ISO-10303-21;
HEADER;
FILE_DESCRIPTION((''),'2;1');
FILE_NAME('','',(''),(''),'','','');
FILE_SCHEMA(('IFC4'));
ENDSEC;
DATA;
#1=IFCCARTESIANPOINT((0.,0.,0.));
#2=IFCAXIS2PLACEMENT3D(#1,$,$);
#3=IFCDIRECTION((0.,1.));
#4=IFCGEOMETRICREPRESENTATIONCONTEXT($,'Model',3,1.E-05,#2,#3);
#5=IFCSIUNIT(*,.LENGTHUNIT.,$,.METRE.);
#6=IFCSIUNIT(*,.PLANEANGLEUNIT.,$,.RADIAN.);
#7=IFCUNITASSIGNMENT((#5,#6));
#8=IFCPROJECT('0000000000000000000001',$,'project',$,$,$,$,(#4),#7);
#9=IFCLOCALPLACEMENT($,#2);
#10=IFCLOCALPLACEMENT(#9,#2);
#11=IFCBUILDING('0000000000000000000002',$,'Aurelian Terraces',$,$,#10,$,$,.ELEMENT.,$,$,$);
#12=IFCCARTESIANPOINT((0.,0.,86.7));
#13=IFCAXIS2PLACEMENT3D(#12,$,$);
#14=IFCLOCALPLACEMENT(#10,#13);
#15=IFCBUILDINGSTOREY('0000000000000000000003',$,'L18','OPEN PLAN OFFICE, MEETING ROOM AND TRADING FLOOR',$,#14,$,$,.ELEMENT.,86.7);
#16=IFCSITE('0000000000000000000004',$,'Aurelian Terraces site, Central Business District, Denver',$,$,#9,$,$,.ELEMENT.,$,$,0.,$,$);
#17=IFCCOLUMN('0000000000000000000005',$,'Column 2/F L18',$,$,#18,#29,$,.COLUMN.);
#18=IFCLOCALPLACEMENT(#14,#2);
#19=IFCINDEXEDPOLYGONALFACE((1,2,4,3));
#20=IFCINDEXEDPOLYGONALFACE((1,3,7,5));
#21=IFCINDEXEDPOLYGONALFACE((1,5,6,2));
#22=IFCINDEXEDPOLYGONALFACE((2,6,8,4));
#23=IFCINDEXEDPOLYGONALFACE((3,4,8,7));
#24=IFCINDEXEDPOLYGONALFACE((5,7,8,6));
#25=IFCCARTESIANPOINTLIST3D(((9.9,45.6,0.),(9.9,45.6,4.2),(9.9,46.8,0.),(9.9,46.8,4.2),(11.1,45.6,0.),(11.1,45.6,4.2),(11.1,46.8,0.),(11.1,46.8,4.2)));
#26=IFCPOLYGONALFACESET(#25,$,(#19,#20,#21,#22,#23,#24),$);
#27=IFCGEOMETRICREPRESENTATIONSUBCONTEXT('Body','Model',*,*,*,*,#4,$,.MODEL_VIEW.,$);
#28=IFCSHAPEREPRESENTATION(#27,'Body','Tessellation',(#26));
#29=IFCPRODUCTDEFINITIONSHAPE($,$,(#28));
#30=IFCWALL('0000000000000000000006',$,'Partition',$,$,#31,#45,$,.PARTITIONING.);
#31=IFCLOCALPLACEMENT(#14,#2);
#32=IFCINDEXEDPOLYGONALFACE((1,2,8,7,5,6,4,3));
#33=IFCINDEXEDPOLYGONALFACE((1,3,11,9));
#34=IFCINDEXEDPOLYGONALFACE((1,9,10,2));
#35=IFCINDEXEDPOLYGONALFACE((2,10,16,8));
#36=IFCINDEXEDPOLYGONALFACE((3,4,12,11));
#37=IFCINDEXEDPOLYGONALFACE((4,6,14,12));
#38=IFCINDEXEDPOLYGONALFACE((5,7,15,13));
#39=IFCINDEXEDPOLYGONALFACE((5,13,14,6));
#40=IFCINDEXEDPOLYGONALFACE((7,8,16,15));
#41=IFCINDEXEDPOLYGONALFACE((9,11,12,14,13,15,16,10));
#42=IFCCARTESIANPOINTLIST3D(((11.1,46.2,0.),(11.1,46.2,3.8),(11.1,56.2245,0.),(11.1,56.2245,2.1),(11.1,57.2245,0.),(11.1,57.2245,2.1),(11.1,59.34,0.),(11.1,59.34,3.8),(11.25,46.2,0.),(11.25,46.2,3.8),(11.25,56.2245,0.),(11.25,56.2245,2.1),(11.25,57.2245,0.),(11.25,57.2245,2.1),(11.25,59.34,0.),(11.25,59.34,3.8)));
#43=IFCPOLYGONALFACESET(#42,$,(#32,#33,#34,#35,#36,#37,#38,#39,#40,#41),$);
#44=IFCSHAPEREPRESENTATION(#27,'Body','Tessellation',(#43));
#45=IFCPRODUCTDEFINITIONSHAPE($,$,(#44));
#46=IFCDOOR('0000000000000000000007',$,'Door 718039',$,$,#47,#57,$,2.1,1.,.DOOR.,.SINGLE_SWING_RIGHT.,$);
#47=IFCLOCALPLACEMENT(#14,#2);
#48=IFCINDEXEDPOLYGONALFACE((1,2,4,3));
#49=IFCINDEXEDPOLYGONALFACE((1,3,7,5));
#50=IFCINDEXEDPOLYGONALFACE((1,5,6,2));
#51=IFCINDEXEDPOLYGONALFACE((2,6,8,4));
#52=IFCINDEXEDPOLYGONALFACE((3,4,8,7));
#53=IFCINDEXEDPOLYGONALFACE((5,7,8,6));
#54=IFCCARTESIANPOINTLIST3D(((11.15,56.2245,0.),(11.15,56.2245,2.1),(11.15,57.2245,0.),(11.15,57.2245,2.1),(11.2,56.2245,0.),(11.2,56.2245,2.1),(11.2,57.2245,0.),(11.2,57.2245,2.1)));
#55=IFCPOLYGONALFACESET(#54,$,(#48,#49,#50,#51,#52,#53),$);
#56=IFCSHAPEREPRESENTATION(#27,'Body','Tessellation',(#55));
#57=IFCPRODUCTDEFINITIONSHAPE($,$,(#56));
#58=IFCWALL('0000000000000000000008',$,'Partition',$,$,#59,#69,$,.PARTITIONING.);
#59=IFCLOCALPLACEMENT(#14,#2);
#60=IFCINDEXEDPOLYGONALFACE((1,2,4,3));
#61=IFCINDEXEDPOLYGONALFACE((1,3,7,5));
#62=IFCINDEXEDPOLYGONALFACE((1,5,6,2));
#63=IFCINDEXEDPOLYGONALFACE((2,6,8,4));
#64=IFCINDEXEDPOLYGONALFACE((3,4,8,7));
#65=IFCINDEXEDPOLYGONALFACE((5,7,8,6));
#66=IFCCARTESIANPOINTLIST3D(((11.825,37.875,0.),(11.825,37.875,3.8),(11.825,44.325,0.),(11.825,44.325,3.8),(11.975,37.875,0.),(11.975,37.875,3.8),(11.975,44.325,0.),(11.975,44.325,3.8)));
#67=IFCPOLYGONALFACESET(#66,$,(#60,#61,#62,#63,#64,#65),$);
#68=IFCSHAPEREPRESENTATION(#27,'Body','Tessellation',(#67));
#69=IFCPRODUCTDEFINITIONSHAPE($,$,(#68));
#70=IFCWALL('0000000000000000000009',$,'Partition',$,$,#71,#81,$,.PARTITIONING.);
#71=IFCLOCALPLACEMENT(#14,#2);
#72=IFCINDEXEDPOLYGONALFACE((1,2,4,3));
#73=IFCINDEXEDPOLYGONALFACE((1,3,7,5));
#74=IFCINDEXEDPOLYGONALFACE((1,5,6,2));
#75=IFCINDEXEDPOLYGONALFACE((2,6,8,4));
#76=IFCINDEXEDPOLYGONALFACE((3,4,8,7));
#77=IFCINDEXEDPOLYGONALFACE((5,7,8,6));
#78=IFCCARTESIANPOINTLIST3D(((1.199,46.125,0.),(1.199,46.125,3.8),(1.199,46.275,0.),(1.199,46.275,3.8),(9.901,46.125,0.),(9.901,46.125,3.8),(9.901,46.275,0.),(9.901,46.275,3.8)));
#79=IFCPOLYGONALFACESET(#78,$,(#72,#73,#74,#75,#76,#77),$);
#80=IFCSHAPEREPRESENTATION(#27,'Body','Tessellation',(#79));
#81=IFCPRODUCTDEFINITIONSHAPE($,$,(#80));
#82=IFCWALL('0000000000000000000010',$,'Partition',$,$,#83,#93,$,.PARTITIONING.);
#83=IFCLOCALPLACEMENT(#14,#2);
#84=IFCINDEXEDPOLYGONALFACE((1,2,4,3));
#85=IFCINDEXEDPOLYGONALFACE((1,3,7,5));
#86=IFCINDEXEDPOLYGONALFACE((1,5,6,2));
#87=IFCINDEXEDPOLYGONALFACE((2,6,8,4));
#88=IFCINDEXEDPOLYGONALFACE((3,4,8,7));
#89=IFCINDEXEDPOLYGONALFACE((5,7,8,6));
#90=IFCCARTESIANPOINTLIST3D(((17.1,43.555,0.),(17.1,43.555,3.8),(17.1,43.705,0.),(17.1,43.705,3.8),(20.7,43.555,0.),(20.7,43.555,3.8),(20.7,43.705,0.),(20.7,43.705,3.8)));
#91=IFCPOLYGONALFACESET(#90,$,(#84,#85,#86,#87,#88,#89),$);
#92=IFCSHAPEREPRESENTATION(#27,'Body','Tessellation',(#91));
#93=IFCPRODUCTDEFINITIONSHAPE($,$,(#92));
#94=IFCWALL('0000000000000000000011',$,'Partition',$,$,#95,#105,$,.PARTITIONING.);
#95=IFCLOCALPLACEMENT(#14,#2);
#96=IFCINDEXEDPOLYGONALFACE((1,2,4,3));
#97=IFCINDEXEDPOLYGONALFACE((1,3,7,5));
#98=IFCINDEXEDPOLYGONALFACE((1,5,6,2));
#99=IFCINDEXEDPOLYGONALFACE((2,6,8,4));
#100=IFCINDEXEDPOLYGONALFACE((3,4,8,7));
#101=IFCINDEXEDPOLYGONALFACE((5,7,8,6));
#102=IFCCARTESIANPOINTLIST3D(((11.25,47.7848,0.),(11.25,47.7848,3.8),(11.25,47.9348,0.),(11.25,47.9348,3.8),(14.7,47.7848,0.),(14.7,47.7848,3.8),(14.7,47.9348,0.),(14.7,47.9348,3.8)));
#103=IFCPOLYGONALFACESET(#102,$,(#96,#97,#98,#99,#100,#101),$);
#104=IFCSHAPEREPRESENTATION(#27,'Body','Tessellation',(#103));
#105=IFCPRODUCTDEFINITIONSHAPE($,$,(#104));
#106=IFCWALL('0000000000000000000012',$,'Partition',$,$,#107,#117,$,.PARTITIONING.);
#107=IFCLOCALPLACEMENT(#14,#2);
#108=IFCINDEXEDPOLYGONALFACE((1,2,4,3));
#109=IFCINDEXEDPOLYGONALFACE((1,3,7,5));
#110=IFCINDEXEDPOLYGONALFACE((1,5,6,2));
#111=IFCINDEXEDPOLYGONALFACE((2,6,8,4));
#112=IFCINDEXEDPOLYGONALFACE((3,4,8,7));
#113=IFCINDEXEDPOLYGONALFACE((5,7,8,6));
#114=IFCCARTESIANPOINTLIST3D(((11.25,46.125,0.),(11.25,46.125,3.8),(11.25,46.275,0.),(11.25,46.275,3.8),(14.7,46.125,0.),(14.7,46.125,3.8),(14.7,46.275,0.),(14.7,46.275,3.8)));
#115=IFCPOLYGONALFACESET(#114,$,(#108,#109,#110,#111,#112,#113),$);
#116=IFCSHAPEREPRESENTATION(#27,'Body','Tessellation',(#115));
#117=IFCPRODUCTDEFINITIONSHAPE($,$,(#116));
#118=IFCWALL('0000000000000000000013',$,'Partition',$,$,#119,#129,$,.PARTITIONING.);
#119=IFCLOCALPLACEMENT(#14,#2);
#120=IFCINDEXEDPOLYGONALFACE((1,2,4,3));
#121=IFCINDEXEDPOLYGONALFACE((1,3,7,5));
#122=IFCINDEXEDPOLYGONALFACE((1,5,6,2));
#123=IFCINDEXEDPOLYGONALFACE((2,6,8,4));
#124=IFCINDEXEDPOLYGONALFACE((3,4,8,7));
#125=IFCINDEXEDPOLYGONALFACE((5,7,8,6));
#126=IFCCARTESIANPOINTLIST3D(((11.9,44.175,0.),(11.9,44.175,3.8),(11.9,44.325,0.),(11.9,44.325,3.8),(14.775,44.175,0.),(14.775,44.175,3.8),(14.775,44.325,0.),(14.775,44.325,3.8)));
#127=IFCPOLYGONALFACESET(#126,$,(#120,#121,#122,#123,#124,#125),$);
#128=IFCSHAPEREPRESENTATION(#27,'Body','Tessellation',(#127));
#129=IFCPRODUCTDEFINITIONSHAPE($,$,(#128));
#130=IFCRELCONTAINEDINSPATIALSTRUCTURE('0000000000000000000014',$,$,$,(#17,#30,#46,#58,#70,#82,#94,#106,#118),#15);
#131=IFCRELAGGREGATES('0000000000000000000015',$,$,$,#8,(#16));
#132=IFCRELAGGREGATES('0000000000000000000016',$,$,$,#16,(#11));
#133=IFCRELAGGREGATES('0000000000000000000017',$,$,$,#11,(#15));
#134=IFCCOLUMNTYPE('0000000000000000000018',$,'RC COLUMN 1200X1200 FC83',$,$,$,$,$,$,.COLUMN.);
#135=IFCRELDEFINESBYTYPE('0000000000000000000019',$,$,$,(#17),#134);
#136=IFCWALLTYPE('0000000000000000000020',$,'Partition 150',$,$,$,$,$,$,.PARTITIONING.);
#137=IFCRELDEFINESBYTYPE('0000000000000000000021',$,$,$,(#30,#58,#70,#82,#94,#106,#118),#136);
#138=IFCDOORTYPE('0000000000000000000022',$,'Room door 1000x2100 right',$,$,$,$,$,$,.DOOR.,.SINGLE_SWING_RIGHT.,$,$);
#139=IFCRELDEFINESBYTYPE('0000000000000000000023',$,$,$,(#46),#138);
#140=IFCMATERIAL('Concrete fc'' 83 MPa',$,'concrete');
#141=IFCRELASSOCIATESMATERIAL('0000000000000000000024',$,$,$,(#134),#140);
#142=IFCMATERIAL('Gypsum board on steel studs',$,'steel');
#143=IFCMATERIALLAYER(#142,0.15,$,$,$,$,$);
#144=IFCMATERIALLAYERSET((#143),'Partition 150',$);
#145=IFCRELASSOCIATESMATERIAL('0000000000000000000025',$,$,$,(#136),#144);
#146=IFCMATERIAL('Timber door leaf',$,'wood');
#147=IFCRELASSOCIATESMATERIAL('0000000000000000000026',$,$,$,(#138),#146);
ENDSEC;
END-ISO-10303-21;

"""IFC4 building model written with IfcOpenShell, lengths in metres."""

from ifc_helpers import new_model, si_unit, direction, frame, frame_2d, origin, origin_2d, place, context, subcontext, project, spatial, rectangle, extrude, source, transform, mapped, material, layer, layer_set, material_profile, profile_set, type_object, element, fill, save


model = new_model("IFC4")

# Units and contexts
model_context = context("Model", 3, precision=1e-05, world=origin(), true_north=direction((0.0, 1.0)))
body_context = subcontext(model_context, "Body", "Model", "MODEL_VIEW")
ifc_project = project(units=[si_unit("LENGTHUNIT", "METRE"), si_unit("PLANEANGLEUNIT", "RADIAN")], contexts=[model_context])

# Site, building, storey
site_placement = place(None, origin())
site = spatial("IfcSite", under=ifc_project, at=site_placement, Name="Aurelian Terraces site, Central Business District, Denver", CompositionType="ELEMENT", RefElevation=0.0)
building_placement = place(site_placement, origin())
building = spatial("IfcBuilding", under=site, at=building_placement, Name="Aurelian Terraces", CompositionType="ELEMENT")
storey_placement = place(building_placement, frame((0.0, 0.0, 86.7)))
storey = spatial("IfcBuildingStorey", under=building, at=storey_placement, Name="L18", Description="OPEN PLAN OFFICE, MEETING ROOM AND TRADING FLOOR", CompositionType="ELEMENT", Elevation=86.7)

# Column
ifc_material_1 = material(Name="Concrete fc' 83 MPa", Category="concrete")
ifc_material_profile = material_profile(ifc_material_1, rectangle(XDim=1.2, YDim=1.2, at=origin_2d()))
ifc_profile_set = profile_set([ifc_material_profile], Name="Concrete fc' 83 MPa")
column_type = type_object("IfcColumnType", Name="RC COLUMN 1200X1200 FC83", PredefinedType="COLUMN", material=ifc_profile_set)
shared_shape_1 = source(origin(), body_context, "Body", "SweptSolid", [
    extrude(rectangle(XDim=1.2, YDim=1.2, at=origin_2d()), origin(), (0.0, 0.0, 1.0), 4.2),
])
column_placement = place(storey_placement, frame((10.5, 46.2, 0.0), z_axis=(0.0, 0.0, 1.0), x_axis=(1.0, 0.0, 0.0)))
element("IfcColumn", 1, at=column_placement, inside=storey, type_object=column_type, Name="Column 2/F L18", PredefinedType="COLUMN", context=body_context, shape_type="MappedRepresentation", body=[
    mapped(shared_shape_1, transform((0.0, 0.0, 0.0), scale=1.0)),
])

# Wall, opening, door
ifc_material_2 = material(Name="Gypsum board on steel studs", Category="steel")
ifc_layer_1 = layer(ifc_material_2, 0.15)
ifc_layer_set_1 = layer_set([ifc_layer_1], Name="Partition 150")
wall_type_1 = type_object("IfcWallType", Name="Partition 150", PredefinedType="PARTITIONING", material=ifc_layer_set_1)
wall_1_placement = place(storey_placement, frame((11.175, 46.2, 0.0), z_axis=(0.0, 0.0, 1.0), x_axis=(0.0, 1.0, 0.0)))
wall_1 = element("IfcWall", 2, at=wall_1_placement, inside=storey, type_object=wall_type_1, Name="Partition", PredefinedType="PARTITIONING", context=body_context, shape_type="SweptSolid", body=[
    extrude(rectangle(XDim=13.14, YDim=0.15, at=frame_2d((6.57, 0.0))), origin(), (0.0, 0.0, 1.0), 3.8),
])
shared_shape_2 = source(origin(), body_context, "Body", "SweptSolid", [
    extrude(rectangle(XDim=1.0, YDim=2.1, at=frame_2d((0.5, 1.05))), frame((0.0, 0.085, 0.0), z_axis=(0.0, -1.0, 0.0), x_axis=(1.0, 0.0, 0.0)), (0.0, 0.0, 1.0), 0.17),
])
opening_1_placement = place(wall_1_placement, frame((10.0245, 0.0, 0.0)))
opening_1 = element("IfcOpeningElement", 3, at=opening_1_placement, cuts=wall_1, PredefinedType="OPENING", context=body_context, shape_type="MappedRepresentation", body=[
    mapped(shared_shape_2, transform((0.0, 0.0, 0.0), scale=1.0)),
])
ifc_material_3 = material(Name="Timber door leaf", Category="wood")
door_type_1 = type_object("IfcDoorType", Name="Room door 1000x2100 right", OperationType="SINGLE_SWING_RIGHT", PredefinedType="DOOR", material=ifc_material_3)
shared_shape_3 = source(origin(), body_context, "Body", "SweptSolid", [
    extrude(rectangle(XDim=1.0, YDim=2.1, at=frame_2d((0.5, 1.05))), frame((0.0, 0.025, 0.0), z_axis=(0.0, -1.0, 0.0), x_axis=(1.0, 0.0, 0.0)), (0.0, 0.0, 1.0), 0.05),
])
door_1_placement = place(opening_1_placement, origin())
door_1 = element("IfcDoor", 4, at=door_1_placement, inside=storey, type_object=door_type_1, Name="Door 718039", OperationType="SINGLE_SWING_RIGHT", OverallHeight=2.1, OverallWidth=1.0, PredefinedType="DOOR", context=body_context, shape_type="MappedRepresentation", body=[
    mapped(shared_shape_3, transform((0.0, 0.0, 0.0), scale=1.0)),
])
fill(opening_1, door_1)

# Walls
shared_shape_4 = source(origin(), body_context, "Body", "SweptSolid", [
    extrude(rectangle(XDim=6.45, YDim=0.15, at=frame_2d((3.225, 0.0))), origin(), (0.0, 0.0, 1.0), 3.8),
])
wall_2_placement = place(storey_placement, frame((11.9, 44.325, 0.0), z_axis=(0.0, 0.0, 1.0), x_axis=(0.0, -1.0, 0.0)))
element("IfcWall", 5, at=wall_2_placement, inside=storey, type_object=wall_type_1, Name="Partition", PredefinedType="PARTITIONING", context=body_context, shape_type="MappedRepresentation", body=[
    mapped(shared_shape_4, transform((0.0, 0.0, 0.0), scale=1.0)),
])
shared_shape_5 = source(origin(), body_context, "Body", "SweptSolid", [
    extrude(rectangle(XDim=8.702, YDim=0.15, at=frame_2d((4.351, 0.0))), origin(), (0.0, 0.0, 1.0), 3.8),
])
wall_3_placement = place(storey_placement, frame((9.901, 46.2, 0.0), z_axis=(0.0, 0.0, 1.0), x_axis=(-1.0, 0.0, 0.0)))
element("IfcWall", 6, at=wall_3_placement, inside=storey, type_object=wall_type_1, Name="Partition", PredefinedType="PARTITIONING", context=body_context, shape_type="MappedRepresentation", body=[
    mapped(shared_shape_5, transform((0.0, 0.0, 0.0), scale=1.0)),
])
shared_shape_6 = source(origin(), body_context, "Body", "SweptSolid", [
    extrude(rectangle(XDim=3.6, YDim=0.15, at=frame_2d((1.8, 0.0))), origin(), (0.0, 0.0, 1.0), 3.8),
])
wall_4_placement = place(storey_placement, frame((17.1, 43.63, 0.0), z_axis=(0.0, 0.0, 1.0), x_axis=(1.0, 0.0, 0.0)))
element("IfcWall", 7, at=wall_4_placement, inside=storey, type_object=wall_type_1, Name="Partition", PredefinedType="PARTITIONING", context=body_context, shape_type="MappedRepresentation", body=[
    mapped(shared_shape_6, transform((0.0, 0.0, 0.0), scale=1.0)),
])
shared_shape_7 = source(origin(), body_context, "Body", "SweptSolid", [
    extrude(rectangle(XDim=3.45, YDim=0.15, at=frame_2d((1.725, 0.0))), origin(), (0.0, 0.0, 1.0), 3.8),
])
for number, where, z_axis, x_axis, name in (
    (8, (14.7, 47.8598, 0.0), (0.0, 0.0, 1.0), (-1.0, 0.0, 0.0), "Partition"),
    (9, (14.7, 46.2, 0.0), (0.0, 0.0, 1.0), (-1.0, 0.0, 0.0), "Partition"),
):
    element("IfcWall", number, at=place(storey_placement, frame(where, z_axis=z_axis, x_axis=x_axis)), inside=storey, type_object=wall_type_1, Name=name, PredefinedType="PARTITIONING", context=body_context, shape_type="MappedRepresentation", body=[
        mapped(shared_shape_7, transform((0.0, 0.0, 0.0), scale=1.0)),
    ])
shared_shape_8 = source(origin(), body_context, "Body", "SweptSolid", [
    extrude(rectangle(XDim=2.875, YDim=0.15, at=frame_2d((1.4375, 0.0))), origin(), (0.0, 0.0, 1.0), 3.8),
])
wall_5_placement = place(storey_placement, frame((14.775, 44.25, 0.0), z_axis=(0.0, 0.0, 1.0), x_axis=(-1.0, 0.0, 0.0)))
element("IfcWall", 10, at=wall_5_placement, inside=storey, type_object=wall_type_1, Name="Partition", PredefinedType="PARTITIONING", context=body_context, shape_type="MappedRepresentation", body=[
    mapped(shared_shape_8, transform((0.0, 0.0, 0.0), scale=1.0)),
])

save(model, "model.ifc")
